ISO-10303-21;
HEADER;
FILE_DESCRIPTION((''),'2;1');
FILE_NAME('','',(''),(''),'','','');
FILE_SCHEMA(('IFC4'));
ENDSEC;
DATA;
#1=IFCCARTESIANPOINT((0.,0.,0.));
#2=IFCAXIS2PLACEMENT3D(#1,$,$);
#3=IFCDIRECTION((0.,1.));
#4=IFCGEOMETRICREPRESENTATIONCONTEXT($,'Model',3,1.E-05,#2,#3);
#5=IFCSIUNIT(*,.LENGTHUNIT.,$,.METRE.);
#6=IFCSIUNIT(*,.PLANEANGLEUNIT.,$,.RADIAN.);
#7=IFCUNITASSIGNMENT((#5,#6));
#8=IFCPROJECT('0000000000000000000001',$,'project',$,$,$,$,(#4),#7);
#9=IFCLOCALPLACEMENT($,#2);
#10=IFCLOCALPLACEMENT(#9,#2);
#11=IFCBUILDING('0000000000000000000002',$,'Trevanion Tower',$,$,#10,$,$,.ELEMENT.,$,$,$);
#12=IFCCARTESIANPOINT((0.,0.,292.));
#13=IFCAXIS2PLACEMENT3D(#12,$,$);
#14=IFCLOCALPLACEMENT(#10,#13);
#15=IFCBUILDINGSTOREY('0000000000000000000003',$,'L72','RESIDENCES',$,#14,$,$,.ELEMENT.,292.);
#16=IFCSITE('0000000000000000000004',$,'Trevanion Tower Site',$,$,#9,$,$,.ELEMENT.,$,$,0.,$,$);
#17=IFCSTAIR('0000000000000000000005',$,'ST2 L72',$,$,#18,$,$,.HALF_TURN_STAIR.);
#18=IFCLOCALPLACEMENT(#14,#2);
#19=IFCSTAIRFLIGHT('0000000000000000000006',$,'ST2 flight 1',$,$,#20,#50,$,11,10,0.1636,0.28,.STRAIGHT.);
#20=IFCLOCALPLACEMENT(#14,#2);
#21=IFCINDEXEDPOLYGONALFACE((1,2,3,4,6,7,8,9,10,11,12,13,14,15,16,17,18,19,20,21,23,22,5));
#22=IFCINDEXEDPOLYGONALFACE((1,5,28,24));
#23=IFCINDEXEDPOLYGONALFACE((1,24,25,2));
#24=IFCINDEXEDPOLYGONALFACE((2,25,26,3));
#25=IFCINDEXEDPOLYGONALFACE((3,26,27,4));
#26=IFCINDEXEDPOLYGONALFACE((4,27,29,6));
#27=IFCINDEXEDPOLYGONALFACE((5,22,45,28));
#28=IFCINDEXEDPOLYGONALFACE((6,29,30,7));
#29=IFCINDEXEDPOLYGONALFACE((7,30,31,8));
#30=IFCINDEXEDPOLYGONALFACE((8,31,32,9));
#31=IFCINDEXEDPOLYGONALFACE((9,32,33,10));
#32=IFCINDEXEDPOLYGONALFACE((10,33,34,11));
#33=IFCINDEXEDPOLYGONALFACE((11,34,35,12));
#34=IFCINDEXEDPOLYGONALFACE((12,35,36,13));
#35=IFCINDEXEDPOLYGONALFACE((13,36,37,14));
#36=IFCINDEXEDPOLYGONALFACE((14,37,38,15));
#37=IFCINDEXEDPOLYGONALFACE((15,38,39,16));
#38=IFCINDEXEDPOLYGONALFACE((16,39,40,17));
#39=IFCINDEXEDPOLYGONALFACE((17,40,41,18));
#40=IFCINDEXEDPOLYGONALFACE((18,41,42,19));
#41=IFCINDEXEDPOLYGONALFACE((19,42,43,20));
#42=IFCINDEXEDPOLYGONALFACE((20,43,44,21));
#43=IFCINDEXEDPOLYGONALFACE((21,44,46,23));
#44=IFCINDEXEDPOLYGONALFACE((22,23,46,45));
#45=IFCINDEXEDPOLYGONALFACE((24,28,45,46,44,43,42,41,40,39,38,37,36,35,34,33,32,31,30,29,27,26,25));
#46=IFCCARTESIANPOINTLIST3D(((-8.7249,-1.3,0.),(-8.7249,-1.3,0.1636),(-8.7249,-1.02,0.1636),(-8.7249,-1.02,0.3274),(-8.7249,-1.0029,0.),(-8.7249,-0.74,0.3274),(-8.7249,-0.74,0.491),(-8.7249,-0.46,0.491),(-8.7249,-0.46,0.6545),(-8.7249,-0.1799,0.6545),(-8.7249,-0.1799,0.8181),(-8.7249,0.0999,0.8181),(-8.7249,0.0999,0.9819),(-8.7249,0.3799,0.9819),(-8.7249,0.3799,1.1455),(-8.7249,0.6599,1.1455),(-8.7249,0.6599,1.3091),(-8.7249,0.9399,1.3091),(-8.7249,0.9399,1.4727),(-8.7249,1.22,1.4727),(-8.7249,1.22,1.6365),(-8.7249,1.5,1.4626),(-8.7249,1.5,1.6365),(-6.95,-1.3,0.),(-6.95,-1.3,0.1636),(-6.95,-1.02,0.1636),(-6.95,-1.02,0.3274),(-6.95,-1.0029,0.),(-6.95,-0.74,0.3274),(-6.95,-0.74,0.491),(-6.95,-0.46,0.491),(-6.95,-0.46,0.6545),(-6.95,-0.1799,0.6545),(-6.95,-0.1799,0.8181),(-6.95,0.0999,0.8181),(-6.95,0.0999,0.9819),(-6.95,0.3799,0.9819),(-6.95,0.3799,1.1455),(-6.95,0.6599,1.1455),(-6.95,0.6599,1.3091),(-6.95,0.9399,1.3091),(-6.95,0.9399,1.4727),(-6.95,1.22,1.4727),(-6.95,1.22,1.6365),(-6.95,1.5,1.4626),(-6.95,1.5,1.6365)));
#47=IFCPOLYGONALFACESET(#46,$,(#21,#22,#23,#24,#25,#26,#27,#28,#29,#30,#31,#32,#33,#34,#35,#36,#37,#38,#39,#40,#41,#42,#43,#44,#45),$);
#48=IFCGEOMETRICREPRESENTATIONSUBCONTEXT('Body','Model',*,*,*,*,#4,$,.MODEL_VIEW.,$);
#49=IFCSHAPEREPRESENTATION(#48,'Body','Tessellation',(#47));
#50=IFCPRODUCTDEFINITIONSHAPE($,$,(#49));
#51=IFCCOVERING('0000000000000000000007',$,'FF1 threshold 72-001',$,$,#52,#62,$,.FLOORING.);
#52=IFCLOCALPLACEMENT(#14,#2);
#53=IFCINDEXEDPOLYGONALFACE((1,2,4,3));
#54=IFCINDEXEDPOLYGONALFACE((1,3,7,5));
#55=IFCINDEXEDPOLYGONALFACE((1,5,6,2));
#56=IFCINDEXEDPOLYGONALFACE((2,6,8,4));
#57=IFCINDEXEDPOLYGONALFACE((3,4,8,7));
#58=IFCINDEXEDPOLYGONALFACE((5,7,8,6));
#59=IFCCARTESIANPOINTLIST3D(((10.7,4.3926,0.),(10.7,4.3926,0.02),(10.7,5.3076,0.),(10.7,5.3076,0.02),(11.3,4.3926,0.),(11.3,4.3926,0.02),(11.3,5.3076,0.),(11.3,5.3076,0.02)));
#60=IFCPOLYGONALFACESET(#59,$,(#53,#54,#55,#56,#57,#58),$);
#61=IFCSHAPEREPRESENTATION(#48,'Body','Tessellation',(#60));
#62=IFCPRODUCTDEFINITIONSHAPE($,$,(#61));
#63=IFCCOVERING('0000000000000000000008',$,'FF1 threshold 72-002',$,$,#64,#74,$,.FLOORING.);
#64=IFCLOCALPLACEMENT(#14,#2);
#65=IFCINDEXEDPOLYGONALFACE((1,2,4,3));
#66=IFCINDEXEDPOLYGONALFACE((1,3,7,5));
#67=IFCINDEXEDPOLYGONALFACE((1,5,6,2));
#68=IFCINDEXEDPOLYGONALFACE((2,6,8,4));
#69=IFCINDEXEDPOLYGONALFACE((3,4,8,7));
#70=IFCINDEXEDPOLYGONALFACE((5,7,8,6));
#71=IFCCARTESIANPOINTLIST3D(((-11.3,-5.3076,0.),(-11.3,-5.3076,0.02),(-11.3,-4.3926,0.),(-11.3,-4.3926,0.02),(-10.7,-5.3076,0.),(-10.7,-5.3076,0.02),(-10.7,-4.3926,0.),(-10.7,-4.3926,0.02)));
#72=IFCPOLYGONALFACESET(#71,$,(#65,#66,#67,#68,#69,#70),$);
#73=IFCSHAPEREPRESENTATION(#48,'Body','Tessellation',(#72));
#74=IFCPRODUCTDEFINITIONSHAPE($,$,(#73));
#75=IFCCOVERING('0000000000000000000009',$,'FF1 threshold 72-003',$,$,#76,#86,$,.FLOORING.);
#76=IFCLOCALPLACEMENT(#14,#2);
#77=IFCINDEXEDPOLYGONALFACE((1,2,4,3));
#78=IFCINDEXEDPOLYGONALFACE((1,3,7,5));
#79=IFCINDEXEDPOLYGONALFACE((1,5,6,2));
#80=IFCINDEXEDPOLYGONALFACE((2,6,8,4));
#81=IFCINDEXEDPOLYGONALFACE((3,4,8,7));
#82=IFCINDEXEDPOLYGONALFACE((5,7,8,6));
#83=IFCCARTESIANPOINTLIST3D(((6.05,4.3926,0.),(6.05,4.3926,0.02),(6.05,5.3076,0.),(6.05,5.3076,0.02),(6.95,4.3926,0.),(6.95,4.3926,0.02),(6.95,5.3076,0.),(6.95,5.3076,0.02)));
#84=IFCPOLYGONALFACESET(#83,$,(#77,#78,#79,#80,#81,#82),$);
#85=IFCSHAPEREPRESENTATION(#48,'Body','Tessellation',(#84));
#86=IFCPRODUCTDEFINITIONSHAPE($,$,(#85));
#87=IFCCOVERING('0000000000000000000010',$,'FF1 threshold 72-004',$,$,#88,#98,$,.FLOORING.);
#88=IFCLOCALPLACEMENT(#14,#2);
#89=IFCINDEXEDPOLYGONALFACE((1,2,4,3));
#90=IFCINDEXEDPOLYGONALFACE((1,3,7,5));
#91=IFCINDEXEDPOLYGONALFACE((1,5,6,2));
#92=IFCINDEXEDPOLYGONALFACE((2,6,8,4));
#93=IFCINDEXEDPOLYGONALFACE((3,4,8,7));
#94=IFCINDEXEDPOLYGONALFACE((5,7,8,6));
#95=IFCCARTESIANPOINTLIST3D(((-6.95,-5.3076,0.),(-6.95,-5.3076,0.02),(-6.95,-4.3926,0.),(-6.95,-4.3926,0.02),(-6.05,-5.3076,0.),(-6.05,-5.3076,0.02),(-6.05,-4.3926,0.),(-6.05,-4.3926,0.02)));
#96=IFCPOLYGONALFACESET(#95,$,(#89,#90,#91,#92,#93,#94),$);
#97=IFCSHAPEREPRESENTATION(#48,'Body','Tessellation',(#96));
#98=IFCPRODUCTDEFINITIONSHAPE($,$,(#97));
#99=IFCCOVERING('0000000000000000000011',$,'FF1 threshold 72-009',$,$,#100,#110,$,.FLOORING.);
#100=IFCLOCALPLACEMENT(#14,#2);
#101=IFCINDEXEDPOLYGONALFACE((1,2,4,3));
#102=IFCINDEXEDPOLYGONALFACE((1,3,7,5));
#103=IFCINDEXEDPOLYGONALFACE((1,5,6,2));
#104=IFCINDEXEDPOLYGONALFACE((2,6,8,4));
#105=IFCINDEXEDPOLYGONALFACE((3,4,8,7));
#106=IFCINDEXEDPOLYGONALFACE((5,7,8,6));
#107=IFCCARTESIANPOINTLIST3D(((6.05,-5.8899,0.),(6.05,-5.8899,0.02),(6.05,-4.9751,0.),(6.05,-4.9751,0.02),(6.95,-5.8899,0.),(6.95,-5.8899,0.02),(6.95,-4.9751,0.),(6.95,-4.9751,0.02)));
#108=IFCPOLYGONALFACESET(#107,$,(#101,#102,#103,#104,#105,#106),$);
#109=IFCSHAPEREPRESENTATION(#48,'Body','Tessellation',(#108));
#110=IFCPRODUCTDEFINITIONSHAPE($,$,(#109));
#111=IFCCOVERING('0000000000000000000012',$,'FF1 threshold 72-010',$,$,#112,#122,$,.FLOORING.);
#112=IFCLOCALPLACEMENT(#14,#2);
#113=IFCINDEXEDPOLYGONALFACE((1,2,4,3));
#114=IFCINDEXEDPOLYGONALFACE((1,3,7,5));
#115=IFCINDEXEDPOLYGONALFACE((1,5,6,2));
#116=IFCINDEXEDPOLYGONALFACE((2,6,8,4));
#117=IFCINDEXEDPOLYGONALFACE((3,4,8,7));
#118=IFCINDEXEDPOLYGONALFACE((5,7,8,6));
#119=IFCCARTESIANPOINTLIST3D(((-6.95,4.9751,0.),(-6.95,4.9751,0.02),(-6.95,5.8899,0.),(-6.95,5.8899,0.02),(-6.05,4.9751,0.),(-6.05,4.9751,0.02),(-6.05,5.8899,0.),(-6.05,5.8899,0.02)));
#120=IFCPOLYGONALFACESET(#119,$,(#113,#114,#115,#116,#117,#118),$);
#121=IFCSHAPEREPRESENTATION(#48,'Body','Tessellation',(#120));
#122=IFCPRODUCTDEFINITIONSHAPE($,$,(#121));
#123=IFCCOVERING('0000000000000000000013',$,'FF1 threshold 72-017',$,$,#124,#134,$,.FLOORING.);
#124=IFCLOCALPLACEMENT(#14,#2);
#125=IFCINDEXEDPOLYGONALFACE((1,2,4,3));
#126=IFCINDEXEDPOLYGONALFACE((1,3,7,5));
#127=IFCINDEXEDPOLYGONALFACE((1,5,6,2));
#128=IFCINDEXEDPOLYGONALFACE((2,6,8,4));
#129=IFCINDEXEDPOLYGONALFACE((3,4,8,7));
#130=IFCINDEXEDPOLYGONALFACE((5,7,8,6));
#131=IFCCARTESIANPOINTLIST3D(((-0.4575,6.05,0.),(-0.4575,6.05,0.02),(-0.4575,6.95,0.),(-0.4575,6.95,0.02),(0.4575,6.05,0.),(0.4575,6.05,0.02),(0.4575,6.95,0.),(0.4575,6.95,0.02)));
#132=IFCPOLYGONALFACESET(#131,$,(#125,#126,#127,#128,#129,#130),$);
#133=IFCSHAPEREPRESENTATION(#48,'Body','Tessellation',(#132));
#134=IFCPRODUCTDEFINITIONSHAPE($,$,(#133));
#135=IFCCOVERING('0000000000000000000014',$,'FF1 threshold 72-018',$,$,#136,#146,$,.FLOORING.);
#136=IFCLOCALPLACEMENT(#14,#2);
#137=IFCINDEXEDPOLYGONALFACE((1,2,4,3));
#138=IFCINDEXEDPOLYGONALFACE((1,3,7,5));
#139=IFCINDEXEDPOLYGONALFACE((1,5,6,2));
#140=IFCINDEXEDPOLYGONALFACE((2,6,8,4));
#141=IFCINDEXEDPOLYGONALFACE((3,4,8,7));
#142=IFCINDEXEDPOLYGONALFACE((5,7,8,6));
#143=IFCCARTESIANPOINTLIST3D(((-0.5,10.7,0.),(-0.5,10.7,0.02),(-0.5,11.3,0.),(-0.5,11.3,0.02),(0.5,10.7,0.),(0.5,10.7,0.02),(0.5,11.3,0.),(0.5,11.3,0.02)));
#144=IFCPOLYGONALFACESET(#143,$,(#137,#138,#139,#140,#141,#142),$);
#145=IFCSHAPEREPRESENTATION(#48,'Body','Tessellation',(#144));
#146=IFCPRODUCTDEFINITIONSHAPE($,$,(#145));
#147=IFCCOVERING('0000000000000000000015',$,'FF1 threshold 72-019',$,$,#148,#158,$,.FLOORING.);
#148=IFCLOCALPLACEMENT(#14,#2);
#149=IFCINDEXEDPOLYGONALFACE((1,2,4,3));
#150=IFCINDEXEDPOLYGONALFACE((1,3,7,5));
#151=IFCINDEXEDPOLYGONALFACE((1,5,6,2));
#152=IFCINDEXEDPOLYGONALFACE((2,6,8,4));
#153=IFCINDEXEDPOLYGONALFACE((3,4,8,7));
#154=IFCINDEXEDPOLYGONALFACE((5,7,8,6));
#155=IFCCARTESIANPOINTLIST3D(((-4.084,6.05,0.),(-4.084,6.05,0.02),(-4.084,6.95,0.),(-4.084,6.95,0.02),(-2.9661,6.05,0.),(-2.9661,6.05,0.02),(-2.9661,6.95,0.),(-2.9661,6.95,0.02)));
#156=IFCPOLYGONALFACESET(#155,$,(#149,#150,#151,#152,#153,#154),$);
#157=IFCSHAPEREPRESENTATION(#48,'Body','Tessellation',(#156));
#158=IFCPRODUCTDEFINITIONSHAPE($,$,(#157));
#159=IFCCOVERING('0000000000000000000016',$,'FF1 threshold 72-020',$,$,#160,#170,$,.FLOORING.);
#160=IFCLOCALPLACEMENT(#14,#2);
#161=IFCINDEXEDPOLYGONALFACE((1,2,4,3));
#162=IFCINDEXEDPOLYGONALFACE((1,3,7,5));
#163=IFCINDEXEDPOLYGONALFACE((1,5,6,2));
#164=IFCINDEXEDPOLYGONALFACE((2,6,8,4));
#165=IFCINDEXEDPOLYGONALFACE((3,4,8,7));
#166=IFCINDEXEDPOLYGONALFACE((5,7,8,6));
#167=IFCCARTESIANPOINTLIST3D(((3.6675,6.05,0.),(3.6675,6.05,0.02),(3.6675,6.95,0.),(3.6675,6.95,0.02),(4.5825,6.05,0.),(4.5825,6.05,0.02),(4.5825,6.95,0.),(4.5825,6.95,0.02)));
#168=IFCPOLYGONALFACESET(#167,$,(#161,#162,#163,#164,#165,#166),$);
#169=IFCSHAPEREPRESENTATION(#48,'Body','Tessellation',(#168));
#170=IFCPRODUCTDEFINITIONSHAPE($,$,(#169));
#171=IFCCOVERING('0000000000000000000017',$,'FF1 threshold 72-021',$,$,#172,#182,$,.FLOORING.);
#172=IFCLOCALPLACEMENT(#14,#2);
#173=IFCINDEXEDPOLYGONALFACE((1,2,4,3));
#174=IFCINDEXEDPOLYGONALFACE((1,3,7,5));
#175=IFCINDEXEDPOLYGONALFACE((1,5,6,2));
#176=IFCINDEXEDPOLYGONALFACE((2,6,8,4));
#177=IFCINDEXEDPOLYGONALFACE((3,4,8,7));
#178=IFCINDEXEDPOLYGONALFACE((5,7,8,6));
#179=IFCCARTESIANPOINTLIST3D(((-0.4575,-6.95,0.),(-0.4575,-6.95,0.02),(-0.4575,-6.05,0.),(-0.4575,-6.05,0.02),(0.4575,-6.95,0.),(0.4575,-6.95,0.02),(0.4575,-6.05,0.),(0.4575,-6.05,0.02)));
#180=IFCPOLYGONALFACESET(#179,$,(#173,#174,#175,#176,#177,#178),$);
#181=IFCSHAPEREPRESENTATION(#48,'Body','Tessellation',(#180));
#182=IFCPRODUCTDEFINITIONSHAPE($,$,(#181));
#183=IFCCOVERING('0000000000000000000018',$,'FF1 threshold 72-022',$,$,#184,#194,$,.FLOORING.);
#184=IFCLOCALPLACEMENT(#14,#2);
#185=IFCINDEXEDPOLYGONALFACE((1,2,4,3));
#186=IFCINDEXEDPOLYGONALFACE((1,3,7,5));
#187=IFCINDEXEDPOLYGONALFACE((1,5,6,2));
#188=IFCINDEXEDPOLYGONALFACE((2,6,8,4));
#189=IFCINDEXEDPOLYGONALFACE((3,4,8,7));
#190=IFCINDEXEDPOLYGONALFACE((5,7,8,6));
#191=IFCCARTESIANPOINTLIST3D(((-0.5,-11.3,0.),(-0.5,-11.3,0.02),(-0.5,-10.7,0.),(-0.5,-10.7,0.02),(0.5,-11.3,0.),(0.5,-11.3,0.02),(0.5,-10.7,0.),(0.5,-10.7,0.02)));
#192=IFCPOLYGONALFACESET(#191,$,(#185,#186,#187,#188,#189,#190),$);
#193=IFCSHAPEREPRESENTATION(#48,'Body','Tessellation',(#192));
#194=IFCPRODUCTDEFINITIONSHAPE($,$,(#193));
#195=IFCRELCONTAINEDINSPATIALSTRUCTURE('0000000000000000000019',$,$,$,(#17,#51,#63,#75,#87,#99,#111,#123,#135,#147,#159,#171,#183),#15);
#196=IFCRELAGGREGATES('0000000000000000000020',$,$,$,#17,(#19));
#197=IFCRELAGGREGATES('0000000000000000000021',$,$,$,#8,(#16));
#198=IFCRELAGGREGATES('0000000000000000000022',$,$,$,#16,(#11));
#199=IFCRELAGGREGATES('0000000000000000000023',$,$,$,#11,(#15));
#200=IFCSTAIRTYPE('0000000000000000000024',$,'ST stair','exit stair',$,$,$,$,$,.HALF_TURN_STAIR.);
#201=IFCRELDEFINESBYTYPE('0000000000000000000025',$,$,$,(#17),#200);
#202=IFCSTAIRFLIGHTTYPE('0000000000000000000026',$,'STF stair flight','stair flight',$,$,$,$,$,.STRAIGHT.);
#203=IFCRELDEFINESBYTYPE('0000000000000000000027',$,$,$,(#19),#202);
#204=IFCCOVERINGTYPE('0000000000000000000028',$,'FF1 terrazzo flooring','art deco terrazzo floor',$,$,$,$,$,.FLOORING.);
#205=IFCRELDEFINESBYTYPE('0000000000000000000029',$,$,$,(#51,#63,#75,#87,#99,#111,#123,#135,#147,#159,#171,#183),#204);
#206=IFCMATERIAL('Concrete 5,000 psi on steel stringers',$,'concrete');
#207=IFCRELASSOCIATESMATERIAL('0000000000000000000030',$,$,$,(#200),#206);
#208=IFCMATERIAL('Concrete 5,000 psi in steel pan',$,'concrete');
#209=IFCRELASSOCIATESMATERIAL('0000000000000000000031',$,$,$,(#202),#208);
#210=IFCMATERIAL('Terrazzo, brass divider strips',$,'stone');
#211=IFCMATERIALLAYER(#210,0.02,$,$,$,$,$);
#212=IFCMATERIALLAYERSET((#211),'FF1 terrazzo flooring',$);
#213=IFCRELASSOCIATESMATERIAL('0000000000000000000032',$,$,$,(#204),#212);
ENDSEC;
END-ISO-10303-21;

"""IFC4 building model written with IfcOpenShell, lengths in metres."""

from ifc_helpers import new_model, si_unit, direction, frame, origin, place, context, subcontext, project, spatial, polyline, outline, extrude, material, layer, layer_set, type_object, element, aggregate, save


model = new_model("IFC4")

# Units and contexts
model_context = context("Model", 3, precision=1e-05, world=origin(), true_north=direction((0.0, 1.0)))
body_context = subcontext(model_context, "Body", "Model", "MODEL_VIEW")
ifc_project = project(units=[si_unit("LENGTHUNIT", "METRE"), si_unit("PLANEANGLEUNIT", "RADIAN")], contexts=[model_context])

# Site, building, storey
site_placement = place(None, origin())
site = spatial("IfcSite", under=ifc_project, at=site_placement, Name="Trevanion Tower Site", CompositionType="ELEMENT", RefElevation=0.0)
building_placement = place(site_placement, origin())
building = spatial("IfcBuilding", under=site, at=building_placement, Name="Trevanion Tower", CompositionType="ELEMENT")
storey_placement = place(building_placement, frame((0.0, 0.0, 292.0)))
storey = spatial("IfcBuildingStorey", under=building, at=storey_placement, Name="L72", Description="RESIDENCES", CompositionType="ELEMENT", Elevation=292.0)

# Stair, stair flight
ifc_material_1 = material(Name="Concrete 5,000 psi on steel stringers", Category="concrete")
stair_type = type_object("IfcStairType", Name="ST stair", Description="exit stair", PredefinedType="HALF_TURN_STAIR", material=ifc_material_1)
stair_placement = place(storey_placement, origin())
stair = element("IfcStair", 1, at=stair_placement, inside=storey, type_object=stair_type, Name="ST2 L72", PredefinedType="HALF_TURN_STAIR")
ifc_material_2 = material(Name="Concrete 5,000 psi in steel pan", Category="concrete")
stair_flight_type = type_object("IfcStairFlightType", Name="STF stair flight", Description="stair flight", PredefinedType="STRAIGHT", material=ifc_material_2)
stair_flight_placement = place(storey_placement, frame((-7.8374, -1.3, 0.0), z_axis=(0.0, 0.0, 1.0), x_axis=(0.0, 1.0, 0.0)))
stair_flight = element("IfcStairFlight", 2, at=stair_flight_placement, type_object=stair_flight_type, Name="ST2 flight 1", NumberOfRisers=11, NumberOfTreads=10, PredefinedType="STRAIGHT", RiserHeight=0.1636, TreadLength=0.28, context=body_context, shape_type="SweptSolid", body=[
    extrude(outline(polyline([(0.0, 0.0), (0.0, 0.1636), (0.28, 0.1636), (0.28, 0.3274), (0.5601, 0.3274), (0.5601, 0.491), (0.8401, 0.491), (0.8401, 0.6545), (1.1201, 0.6545), (1.1201, 0.8181), (1.3999, 0.8181), (1.3999, 0.9819), (1.6799, 0.9819), (1.6799, 1.1455), (1.96, 1.1455), (1.96, 1.3091), (2.24, 1.3091), (2.24, 1.4727), (2.52, 1.4727), (2.52, 1.6365), (2.8, 1.6365), (2.8, 1.8), (2.8, 1.4626), (0.2971, 0.0), (0.0, 0.0)])), frame((0.0, 0.8875, 0.0), z_axis=(0.0, -1.0, 0.0), x_axis=(1.0, 0.0, 0.0)), (0.0, 0.0, 1.0), 1.7749),
])
aggregate(stair, [stair_flight])

# Coverings
ifc_material_3 = material(Name="Terrazzo, brass divider strips", Category="stone")
ifc_layer_1 = layer(ifc_material_3, 0.02)
ifc_layer_set_1 = layer_set([ifc_layer_1], Name="FF1 terrazzo flooring")
covering_type = type_object("IfcCoveringType", Name="FF1 terrazzo flooring", Description="art deco terrazzo floor", PredefinedType="FLOORING", material=ifc_layer_set_1)
covering_1_placement = place(storey_placement, origin())
element("IfcCovering", 3, at=covering_1_placement, inside=storey, type_object=covering_type, Name="FF1 threshold 72-001", PredefinedType="FLOORING", context=body_context, shape_type="SweptSolid", body=[
    extrude(outline(polyline([(11.3, 4.3926), (11.3, 5.3076), (10.7, 5.3076), (10.7, 4.3926), (11.3, 4.3926)])), origin(), (0.0, 0.0, 1.0), 0.02),
])
covering_2_placement = place(storey_placement, origin())
element("IfcCovering", 4, at=covering_2_placement, inside=storey, type_object=covering_type, Name="FF1 threshold 72-002", PredefinedType="FLOORING", context=body_context, shape_type="SweptSolid", body=[
    extrude(outline(polyline([(-11.3, -4.3926), (-11.3, -5.3076), (-10.7, -5.3076), (-10.7, -4.3926), (-11.3, -4.3926)])), origin(), (0.0, 0.0, 1.0), 0.02),
])
covering_3_placement = place(storey_placement, origin())
element("IfcCovering", 5, at=covering_3_placement, inside=storey, type_object=covering_type, Name="FF1 threshold 72-003", PredefinedType="FLOORING", context=body_context, shape_type="SweptSolid", body=[
    extrude(outline(polyline([(6.95, 4.3926), (6.95, 5.3076), (6.05, 5.3076), (6.05, 4.3926), (6.95, 4.3926)])), origin(), (0.0, 0.0, 1.0), 0.02),
])
covering_4_placement = place(storey_placement, origin())
element("IfcCovering", 6, at=covering_4_placement, inside=storey, type_object=covering_type, Name="FF1 threshold 72-004", PredefinedType="FLOORING", context=body_context, shape_type="SweptSolid", body=[
    extrude(outline(polyline([(-6.95, -4.3926), (-6.95, -5.3076), (-6.05, -5.3076), (-6.05, -4.3926), (-6.95, -4.3926)])), origin(), (0.0, 0.0, 1.0), 0.02),
])
covering_5_placement = place(storey_placement, origin())
element("IfcCovering", 7, at=covering_5_placement, inside=storey, type_object=covering_type, Name="FF1 threshold 72-009", PredefinedType="FLOORING", context=body_context, shape_type="SweptSolid", body=[
    extrude(outline(polyline([(6.95, -5.8899), (6.95, -4.9751), (6.05, -4.9751), (6.05, -5.8899), (6.95, -5.8899)])), origin(), (0.0, 0.0, 1.0), 0.02),
])
covering_6_placement = place(storey_placement, origin())
element("IfcCovering", 8, at=covering_6_placement, inside=storey, type_object=covering_type, Name="FF1 threshold 72-010", PredefinedType="FLOORING", context=body_context, shape_type="SweptSolid", body=[
    extrude(outline(polyline([(-6.95, 5.8899), (-6.95, 4.9751), (-6.05, 4.9751), (-6.05, 5.8899), (-6.95, 5.8899)])), origin(), (0.0, 0.0, 1.0), 0.02),
])
covering_7_placement = place(storey_placement, origin())
element("IfcCovering", 9, at=covering_7_placement, inside=storey, type_object=covering_type, Name="FF1 threshold 72-017", PredefinedType="FLOORING", context=body_context, shape_type="SweptSolid", body=[
    extrude(outline(polyline([(0.4575, 6.95), (-0.4575, 6.95), (-0.4575, 6.05), (0.4575, 6.05), (0.4575, 6.95)])), origin(), (0.0, 0.0, 1.0), 0.02),
])
covering_8_placement = place(storey_placement, origin())
element("IfcCovering", 10, at=covering_8_placement, inside=storey, type_object=covering_type, Name="FF1 threshold 72-018", PredefinedType="FLOORING", context=body_context, shape_type="SweptSolid", body=[
    extrude(outline(polyline([(0.5, 11.3), (-0.5, 11.3), (-0.5, 10.7), (0.5, 10.7), (0.5, 11.3)])), origin(), (0.0, 0.0, 1.0), 0.02),
])
covering_9_placement = place(storey_placement, origin())
element("IfcCovering", 11, at=covering_9_placement, inside=storey, type_object=covering_type, Name="FF1 threshold 72-019", PredefinedType="FLOORING", context=body_context, shape_type="SweptSolid", body=[
    extrude(outline(polyline([(-2.9661, 6.95), (-4.084, 6.95), (-4.084, 6.05), (-2.9661, 6.05), (-2.9661, 6.95)])), origin(), (0.0, 0.0, 1.0), 0.02),
])
covering_10_placement = place(storey_placement, origin())
element("IfcCovering", 12, at=covering_10_placement, inside=storey, type_object=covering_type, Name="FF1 threshold 72-020", PredefinedType="FLOORING", context=body_context, shape_type="SweptSolid", body=[
    extrude(outline(polyline([(4.5825, 6.95), (3.6675, 6.95), (3.6675, 6.05), (4.5825, 6.05), (4.5825, 6.95)])), origin(), (0.0, 0.0, 1.0), 0.02),
])
covering_11_placement = place(storey_placement, origin())
element("IfcCovering", 13, at=covering_11_placement, inside=storey, type_object=covering_type, Name="FF1 threshold 72-021", PredefinedType="FLOORING", context=body_context, shape_type="SweptSolid", body=[
    extrude(outline(polyline([(-0.4575, -6.95), (0.4575, -6.95), (0.4575, -6.05), (-0.4575, -6.05), (-0.4575, -6.95)])), origin(), (0.0, 0.0, 1.0), 0.02),
])
covering_12_placement = place(storey_placement, origin())
element("IfcCovering", 14, at=covering_12_placement, inside=storey, type_object=covering_type, Name="FF1 threshold 72-022", PredefinedType="FLOORING", context=body_context, shape_type="SweptSolid", body=[
    extrude(outline(polyline([(-0.5, -11.3), (0.5, -11.3), (0.5, -10.7), (-0.5, -10.7), (-0.5, -11.3)])), origin(), (0.0, 0.0, 1.0), 0.02),
])

save(model, "model.ifc")
